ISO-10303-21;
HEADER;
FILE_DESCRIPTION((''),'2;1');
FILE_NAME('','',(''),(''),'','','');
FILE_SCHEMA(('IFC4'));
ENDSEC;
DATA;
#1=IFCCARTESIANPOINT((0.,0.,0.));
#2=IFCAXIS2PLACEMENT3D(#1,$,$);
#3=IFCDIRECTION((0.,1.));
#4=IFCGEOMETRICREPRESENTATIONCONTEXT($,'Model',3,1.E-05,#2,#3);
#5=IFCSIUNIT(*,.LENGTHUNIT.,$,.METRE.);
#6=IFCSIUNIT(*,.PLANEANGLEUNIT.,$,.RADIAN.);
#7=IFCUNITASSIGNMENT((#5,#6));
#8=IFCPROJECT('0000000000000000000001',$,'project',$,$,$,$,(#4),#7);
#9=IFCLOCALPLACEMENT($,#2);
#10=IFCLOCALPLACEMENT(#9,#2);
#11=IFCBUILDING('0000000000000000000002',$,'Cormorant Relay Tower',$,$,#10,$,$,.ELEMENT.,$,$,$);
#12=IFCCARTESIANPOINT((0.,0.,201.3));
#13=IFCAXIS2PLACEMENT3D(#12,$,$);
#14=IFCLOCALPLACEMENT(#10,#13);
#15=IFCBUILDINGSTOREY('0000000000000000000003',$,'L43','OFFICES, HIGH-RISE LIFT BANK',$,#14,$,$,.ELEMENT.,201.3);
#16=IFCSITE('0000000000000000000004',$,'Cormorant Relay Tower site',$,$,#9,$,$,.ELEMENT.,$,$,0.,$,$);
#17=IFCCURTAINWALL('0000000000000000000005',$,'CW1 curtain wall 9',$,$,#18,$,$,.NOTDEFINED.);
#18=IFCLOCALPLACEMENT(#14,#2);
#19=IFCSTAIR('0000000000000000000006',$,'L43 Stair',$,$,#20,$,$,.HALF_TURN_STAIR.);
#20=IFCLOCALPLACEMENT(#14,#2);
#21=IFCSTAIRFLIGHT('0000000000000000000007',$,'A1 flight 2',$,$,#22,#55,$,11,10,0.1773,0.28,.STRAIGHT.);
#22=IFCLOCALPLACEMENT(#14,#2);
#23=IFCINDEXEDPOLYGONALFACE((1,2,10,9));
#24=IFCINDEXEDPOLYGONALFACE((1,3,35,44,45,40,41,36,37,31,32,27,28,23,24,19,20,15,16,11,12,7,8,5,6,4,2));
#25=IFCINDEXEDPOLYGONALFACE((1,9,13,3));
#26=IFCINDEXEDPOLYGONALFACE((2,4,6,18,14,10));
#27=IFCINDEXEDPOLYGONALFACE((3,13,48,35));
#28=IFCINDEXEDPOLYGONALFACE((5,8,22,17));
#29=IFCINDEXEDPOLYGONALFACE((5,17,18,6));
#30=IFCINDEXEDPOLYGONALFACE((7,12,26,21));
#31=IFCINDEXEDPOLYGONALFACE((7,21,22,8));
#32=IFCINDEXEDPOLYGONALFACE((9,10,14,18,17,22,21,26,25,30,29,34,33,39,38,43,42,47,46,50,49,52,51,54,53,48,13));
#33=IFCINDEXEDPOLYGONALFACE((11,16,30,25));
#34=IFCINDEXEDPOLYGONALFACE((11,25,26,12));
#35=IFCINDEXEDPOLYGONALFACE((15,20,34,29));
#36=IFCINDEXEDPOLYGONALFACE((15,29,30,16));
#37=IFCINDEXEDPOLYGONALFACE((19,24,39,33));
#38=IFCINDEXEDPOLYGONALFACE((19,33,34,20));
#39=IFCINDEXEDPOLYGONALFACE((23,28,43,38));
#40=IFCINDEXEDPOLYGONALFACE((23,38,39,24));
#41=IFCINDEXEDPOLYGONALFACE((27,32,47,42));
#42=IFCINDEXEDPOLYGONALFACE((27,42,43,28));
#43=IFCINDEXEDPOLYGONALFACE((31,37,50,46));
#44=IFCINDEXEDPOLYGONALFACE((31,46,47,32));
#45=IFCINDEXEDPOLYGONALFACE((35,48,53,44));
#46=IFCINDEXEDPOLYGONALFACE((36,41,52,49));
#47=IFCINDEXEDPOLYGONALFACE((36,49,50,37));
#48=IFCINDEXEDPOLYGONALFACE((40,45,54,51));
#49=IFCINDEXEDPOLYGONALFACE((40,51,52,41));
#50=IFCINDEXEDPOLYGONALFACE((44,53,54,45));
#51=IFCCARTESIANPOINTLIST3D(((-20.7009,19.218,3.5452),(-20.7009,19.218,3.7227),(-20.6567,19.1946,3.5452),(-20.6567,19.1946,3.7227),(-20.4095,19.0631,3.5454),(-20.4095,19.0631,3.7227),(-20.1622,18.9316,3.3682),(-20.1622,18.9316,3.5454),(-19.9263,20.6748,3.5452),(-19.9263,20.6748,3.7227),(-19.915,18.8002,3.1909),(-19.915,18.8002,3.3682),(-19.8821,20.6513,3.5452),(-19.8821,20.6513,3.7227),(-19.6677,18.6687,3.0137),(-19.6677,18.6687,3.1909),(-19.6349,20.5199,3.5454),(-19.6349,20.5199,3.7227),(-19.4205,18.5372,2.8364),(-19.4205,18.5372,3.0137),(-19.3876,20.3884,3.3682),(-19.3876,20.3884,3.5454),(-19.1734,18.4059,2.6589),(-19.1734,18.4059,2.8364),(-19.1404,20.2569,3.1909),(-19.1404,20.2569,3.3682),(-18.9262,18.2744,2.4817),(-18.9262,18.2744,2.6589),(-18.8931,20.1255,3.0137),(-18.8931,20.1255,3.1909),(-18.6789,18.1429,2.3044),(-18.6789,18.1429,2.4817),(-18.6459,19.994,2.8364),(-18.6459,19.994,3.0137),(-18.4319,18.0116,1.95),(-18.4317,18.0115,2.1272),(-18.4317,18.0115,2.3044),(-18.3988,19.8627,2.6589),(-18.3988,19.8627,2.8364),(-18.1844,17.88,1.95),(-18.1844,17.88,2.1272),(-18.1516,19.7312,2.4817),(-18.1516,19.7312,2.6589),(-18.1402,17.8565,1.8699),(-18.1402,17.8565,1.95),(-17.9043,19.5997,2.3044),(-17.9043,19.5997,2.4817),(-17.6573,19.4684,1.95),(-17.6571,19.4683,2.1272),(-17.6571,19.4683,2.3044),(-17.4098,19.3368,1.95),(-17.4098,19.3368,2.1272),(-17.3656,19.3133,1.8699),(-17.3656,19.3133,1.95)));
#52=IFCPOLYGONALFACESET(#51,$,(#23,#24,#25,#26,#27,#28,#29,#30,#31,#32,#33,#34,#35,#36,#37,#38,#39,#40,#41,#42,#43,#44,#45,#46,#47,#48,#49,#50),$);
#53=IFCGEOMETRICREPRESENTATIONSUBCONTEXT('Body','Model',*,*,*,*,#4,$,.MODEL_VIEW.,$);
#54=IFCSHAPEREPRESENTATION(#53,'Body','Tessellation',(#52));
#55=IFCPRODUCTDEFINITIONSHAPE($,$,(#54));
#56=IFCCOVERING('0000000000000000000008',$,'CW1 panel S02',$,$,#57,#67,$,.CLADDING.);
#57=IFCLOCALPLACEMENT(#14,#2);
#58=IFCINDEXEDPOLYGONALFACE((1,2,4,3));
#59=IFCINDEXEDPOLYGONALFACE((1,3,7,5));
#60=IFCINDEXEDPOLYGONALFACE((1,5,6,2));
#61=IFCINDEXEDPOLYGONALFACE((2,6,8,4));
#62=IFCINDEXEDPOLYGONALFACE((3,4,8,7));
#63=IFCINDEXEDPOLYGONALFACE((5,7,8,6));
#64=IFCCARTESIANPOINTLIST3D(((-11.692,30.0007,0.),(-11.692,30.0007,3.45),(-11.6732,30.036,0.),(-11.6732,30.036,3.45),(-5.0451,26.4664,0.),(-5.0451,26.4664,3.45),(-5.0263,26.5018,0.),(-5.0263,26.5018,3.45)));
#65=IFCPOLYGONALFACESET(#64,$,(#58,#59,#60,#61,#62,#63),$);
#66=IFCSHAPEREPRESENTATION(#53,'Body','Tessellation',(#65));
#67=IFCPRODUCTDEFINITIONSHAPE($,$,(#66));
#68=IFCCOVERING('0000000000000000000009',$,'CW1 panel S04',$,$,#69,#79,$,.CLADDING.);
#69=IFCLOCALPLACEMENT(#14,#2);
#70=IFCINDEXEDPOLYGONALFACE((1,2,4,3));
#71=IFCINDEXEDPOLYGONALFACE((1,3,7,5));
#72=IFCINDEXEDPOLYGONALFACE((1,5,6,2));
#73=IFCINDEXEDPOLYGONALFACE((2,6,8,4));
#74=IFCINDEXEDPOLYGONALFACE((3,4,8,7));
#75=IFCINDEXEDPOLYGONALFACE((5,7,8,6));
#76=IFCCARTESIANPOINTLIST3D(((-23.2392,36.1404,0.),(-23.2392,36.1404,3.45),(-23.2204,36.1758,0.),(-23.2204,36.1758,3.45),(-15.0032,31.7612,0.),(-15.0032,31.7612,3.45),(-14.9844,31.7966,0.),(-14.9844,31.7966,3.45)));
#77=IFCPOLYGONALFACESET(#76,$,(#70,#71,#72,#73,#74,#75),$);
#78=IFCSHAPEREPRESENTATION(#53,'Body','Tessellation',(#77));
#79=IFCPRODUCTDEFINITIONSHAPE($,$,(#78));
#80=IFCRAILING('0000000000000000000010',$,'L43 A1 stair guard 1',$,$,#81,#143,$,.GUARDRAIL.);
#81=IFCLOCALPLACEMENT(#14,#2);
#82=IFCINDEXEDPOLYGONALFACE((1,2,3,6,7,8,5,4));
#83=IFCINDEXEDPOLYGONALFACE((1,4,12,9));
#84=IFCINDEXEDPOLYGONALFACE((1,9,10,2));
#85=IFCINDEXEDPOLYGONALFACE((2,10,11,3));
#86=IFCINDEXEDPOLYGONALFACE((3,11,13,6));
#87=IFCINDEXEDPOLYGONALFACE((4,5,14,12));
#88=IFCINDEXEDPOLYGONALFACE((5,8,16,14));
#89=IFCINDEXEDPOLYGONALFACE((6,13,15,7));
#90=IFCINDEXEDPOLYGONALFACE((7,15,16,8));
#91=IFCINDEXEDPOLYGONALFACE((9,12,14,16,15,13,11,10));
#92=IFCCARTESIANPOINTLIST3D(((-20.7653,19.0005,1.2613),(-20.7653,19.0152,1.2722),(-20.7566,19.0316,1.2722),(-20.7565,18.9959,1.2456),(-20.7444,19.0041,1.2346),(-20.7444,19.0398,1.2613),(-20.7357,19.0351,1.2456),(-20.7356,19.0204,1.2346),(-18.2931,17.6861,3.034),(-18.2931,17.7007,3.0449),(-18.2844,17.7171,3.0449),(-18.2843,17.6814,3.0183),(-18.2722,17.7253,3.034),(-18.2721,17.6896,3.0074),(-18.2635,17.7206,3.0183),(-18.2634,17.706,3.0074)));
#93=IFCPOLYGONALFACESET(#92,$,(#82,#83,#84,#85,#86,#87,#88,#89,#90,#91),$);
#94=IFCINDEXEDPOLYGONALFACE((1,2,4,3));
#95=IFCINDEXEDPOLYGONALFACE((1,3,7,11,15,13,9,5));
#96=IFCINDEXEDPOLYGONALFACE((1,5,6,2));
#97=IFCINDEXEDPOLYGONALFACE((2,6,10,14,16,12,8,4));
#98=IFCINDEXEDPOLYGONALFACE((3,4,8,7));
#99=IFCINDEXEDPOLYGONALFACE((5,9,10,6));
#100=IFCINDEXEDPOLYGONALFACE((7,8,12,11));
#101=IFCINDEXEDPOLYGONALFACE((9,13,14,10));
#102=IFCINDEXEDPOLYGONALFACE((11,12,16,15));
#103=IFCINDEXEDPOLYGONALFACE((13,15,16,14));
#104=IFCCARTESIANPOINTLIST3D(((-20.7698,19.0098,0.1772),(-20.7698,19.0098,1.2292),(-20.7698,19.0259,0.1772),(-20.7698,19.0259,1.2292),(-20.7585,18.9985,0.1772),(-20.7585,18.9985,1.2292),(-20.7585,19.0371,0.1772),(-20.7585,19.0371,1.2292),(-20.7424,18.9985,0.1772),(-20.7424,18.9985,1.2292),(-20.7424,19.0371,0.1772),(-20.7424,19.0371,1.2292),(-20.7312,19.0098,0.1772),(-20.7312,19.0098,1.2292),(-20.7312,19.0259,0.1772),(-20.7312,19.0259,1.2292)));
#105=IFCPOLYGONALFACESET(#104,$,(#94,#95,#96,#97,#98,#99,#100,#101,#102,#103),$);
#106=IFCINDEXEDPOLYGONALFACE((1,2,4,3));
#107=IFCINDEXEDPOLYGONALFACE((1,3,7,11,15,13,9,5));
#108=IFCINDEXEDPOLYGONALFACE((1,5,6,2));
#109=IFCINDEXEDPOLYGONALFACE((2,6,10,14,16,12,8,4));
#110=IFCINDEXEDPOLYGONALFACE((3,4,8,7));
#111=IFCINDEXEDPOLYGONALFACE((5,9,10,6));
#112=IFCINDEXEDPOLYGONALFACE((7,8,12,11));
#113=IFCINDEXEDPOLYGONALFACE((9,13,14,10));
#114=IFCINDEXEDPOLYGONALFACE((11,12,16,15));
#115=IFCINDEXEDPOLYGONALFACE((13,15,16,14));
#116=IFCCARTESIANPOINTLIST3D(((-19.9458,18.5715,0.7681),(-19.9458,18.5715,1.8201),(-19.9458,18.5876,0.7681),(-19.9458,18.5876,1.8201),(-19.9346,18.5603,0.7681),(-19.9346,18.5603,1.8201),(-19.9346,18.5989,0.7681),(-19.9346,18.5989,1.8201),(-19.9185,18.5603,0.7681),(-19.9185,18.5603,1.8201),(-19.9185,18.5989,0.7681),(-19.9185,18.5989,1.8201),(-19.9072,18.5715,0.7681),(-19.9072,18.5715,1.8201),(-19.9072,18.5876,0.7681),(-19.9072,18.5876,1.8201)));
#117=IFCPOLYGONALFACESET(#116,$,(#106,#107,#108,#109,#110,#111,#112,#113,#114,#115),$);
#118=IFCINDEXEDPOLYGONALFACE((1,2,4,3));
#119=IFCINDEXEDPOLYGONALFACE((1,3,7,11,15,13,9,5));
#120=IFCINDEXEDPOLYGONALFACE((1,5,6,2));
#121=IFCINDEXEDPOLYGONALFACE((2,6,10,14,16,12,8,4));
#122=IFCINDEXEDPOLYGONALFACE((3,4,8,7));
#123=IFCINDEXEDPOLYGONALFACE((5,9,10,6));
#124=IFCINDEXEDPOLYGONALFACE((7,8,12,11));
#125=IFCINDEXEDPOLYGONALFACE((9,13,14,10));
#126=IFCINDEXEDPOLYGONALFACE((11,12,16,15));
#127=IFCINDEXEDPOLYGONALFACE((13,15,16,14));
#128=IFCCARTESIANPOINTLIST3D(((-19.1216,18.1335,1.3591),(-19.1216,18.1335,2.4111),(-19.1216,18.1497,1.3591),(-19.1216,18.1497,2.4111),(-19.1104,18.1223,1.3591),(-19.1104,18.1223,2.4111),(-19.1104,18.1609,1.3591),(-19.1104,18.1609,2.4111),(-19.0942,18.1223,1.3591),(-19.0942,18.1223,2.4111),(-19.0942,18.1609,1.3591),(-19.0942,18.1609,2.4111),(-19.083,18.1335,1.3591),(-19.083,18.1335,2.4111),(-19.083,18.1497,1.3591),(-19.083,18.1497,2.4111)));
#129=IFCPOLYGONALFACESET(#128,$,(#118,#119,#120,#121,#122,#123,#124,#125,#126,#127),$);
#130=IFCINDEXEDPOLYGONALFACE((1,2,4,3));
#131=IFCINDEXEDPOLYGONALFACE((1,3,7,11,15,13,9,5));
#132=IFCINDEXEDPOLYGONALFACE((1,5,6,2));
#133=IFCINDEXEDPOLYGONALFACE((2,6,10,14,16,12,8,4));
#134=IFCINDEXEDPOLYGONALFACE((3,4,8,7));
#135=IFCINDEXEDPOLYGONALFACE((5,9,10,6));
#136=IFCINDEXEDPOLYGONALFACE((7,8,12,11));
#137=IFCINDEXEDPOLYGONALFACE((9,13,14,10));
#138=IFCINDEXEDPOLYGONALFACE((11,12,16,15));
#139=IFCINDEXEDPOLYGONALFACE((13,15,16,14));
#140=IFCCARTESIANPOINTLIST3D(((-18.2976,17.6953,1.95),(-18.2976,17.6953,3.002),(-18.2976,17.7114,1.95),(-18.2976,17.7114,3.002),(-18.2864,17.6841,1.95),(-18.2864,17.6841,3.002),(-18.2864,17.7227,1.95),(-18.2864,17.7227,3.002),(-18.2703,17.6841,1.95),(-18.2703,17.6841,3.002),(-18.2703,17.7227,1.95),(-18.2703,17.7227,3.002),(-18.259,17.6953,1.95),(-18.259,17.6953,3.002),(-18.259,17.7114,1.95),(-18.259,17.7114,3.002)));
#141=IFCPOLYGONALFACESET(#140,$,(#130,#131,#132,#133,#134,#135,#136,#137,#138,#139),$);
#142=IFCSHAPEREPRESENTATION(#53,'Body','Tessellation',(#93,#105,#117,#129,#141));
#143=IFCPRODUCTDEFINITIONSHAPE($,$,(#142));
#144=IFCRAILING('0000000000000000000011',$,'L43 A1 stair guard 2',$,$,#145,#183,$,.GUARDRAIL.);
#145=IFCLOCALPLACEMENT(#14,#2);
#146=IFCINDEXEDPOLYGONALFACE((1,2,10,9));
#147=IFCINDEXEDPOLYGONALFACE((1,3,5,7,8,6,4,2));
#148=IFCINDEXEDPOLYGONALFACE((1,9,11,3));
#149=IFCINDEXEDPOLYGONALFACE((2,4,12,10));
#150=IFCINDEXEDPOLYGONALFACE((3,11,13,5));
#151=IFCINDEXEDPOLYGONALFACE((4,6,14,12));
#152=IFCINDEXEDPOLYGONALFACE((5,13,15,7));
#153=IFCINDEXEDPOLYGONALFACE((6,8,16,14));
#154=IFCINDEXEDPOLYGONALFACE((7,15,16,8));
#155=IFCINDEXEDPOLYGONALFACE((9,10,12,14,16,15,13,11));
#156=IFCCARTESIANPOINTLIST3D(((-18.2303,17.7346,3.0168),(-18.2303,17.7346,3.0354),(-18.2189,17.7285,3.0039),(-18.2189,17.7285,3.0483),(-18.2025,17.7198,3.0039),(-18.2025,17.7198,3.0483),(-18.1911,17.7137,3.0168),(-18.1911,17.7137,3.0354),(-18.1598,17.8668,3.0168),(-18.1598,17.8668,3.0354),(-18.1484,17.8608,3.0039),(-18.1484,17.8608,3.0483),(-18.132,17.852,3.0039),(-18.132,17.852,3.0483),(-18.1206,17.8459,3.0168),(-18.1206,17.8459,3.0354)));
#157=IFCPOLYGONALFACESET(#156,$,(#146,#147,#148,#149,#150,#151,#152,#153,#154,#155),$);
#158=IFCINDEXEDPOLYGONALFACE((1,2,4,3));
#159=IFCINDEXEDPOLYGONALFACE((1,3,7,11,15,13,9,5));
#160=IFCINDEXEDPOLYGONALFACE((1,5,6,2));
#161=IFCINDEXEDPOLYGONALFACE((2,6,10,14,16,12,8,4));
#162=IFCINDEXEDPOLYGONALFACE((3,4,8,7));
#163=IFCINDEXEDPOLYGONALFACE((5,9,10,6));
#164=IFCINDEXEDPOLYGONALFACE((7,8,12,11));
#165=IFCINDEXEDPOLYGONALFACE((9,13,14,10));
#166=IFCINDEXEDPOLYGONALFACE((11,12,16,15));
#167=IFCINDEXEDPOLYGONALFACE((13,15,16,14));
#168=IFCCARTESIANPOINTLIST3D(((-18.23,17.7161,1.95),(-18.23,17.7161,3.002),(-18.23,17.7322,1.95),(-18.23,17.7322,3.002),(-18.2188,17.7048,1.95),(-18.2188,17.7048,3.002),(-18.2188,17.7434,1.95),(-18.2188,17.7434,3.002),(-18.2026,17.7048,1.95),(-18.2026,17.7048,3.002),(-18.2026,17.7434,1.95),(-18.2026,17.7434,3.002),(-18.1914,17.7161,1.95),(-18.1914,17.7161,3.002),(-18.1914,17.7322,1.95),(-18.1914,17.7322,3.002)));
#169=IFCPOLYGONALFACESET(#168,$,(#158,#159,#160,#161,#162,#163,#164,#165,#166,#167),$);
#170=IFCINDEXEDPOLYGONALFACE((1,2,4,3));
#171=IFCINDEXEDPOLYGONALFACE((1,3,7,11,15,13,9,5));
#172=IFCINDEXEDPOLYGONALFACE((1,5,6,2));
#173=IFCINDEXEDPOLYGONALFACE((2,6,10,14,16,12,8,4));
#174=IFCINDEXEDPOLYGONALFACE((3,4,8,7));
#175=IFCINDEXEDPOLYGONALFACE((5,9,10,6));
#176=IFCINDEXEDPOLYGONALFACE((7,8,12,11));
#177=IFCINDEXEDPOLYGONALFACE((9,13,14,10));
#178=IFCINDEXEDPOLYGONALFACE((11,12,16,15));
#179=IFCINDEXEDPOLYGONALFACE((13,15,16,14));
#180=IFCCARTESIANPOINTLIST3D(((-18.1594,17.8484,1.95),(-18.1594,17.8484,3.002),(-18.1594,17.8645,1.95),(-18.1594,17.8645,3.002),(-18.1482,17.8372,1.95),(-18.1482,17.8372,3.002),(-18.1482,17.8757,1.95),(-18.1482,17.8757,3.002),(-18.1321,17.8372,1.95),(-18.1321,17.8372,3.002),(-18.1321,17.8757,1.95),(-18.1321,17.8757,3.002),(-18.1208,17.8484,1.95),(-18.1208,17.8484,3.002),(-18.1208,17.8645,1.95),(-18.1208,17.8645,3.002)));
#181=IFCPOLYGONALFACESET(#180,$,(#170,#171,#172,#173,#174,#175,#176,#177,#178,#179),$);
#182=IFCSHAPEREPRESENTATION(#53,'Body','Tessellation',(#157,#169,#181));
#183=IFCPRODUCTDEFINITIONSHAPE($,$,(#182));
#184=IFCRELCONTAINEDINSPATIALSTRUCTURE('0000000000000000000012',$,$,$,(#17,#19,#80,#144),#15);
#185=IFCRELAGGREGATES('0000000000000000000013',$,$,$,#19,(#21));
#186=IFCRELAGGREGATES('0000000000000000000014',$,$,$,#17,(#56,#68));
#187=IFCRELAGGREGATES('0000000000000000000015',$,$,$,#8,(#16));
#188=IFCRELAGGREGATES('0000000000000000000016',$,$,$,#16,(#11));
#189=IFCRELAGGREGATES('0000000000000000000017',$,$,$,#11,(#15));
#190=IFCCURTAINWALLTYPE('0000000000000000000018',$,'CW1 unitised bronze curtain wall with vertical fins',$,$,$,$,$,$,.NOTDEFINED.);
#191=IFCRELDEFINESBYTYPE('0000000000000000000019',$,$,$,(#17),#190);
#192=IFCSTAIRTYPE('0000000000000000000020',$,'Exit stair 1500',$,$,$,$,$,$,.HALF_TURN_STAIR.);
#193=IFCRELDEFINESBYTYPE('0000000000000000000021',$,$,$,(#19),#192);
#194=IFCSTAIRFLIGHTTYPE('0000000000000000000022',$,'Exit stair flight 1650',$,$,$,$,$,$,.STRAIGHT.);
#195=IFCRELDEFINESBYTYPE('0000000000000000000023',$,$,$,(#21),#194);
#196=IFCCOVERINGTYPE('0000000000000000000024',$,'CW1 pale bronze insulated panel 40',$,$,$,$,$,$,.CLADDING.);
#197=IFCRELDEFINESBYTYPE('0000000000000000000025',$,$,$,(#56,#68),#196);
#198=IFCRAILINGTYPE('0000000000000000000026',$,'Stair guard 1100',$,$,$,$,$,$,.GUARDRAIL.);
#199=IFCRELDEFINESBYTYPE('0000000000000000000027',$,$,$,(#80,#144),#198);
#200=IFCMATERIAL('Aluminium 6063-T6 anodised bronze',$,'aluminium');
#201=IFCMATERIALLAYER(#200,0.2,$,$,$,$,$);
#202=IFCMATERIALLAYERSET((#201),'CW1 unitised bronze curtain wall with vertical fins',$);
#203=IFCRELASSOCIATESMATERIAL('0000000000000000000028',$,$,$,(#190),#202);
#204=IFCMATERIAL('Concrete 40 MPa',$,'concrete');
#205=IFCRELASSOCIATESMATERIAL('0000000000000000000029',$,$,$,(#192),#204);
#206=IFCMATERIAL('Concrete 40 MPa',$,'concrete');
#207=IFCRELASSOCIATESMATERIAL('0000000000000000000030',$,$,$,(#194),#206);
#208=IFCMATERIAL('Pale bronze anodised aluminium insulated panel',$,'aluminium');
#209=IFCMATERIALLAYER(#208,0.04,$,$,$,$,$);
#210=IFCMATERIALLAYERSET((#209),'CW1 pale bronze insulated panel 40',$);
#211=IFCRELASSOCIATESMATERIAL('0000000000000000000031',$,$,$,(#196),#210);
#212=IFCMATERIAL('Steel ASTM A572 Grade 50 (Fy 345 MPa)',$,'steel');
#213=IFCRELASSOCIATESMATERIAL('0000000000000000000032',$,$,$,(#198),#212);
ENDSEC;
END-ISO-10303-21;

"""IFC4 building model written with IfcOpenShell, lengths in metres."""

from ifc_helpers import new_model, si_unit, direction, frame, origin, origin_2d, place, context, subcontext, project, spatial, polyline, rectangle, outline, extrude, material, layer, layer_set, type_object, element, aggregate, save


model = new_model("IFC4")

# Units and contexts
model_context = context("Model", 3, precision=1e-05, world=origin(), true_north=direction((0.0, 1.0)))
body_context = subcontext(model_context, "Body", "Model", "MODEL_VIEW")
ifc_project = project(units=[si_unit("LENGTHUNIT", "METRE"), si_unit("PLANEANGLEUNIT", "RADIAN")], contexts=[model_context])

# Site, building, storey
site_placement = place(None, origin())
site = spatial("IfcSite", under=ifc_project, at=site_placement, Name="Cormorant Relay Tower site", CompositionType="ELEMENT", RefElevation=0.0)
building_placement = place(site_placement, origin())
building = spatial("IfcBuilding", under=site, at=building_placement, Name="Cormorant Relay Tower", CompositionType="ELEMENT")
storey_placement = place(building_placement, frame((0.0, 0.0, 201.3)))
storey = spatial("IfcBuildingStorey", under=building, at=storey_placement, Name="L43", Description="OFFICES, HIGH-RISE LIFT BANK", CompositionType="ELEMENT", Elevation=201.3)

# Curtain wall
ifc_material_1 = material(Name="Aluminium 6063-T6 anodised bronze", Category="aluminium")
ifc_layer_1 = layer(ifc_material_1, 0.2)
ifc_layer_set_1 = layer_set([ifc_layer_1], Name="CW1 unitised bronze curtain wall with vertical fins")
curtain_wall_type = type_object("IfcCurtainWallType", Name="CW1 unitised bronze curtain wall with vertical fins", PredefinedType="NOTDEFINED", material=ifc_layer_set_1)
curtain_wall_placement = place(storey_placement, origin())
curtain_wall = element("IfcCurtainWall", 1, at=curtain_wall_placement, inside=storey, type_object=curtain_wall_type, Name="CW1 curtain wall 9", PredefinedType="NOTDEFINED")

# Stair, stair flight
ifc_material_2 = material(Name="Concrete 40 MPa", Category="concrete")
stair_type = type_object("IfcStairType", Name="Exit stair 1500", PredefinedType="HALF_TURN_STAIR", material=ifc_material_2)
stair_placement = place(storey_placement, origin())
stair = element("IfcStair", 2, at=stair_placement, inside=storey, type_object=stair_type, Name="L43 Stair", PredefinedType="HALF_TURN_STAIR")
ifc_material_3 = material(Name="Concrete 40 MPa", Category="concrete")
stair_flight_type = type_object("IfcStairFlightType", Name="Exit stair flight 1650", PredefinedType="STRAIGHT", material=ifc_material_3)
stair_flight_1_placement = place(storey_placement, frame((-17.7971, 18.6084, 1.95), z_axis=(0.0, 0.0, 1.0), x_axis=(-0.882948, 0.469472, 0.0)))
stair_flight_1 = element("IfcStairFlight", 3, at=stair_flight_1_placement, type_object=stair_flight_type, Name="A1 flight 2", NumberOfRisers=11, NumberOfTreads=10, PredefinedType="STRAIGHT", RiserHeight=0.1773, TreadLength=0.28, context=body_context, shape_type="SweptSolid", body=[
    extrude(outline(polyline([(-0.05, -0.0801), (-0.05, 0.0), (0.0, 0.0), (0.0, 0.1772), (0.28, 0.1772), (0.28, 0.3545), (0.5601, 0.3545), (0.5601, 0.5317), (0.8401, 0.5317), (0.8401, 0.709), (1.1201, 0.709), (1.1201, 0.8865), (1.3999, 0.8865), (1.3999, 1.0637), (1.6799, 1.0637), (1.6799, 1.241), (1.96, 1.241), (1.96, 1.4182), (2.24, 1.4182), (2.24, 1.5955), (2.52, 1.5955), (2.52, 1.7727), (2.8, 1.7727), (2.8501, 1.7727), (2.8501, 1.5952), (2.8, 1.5952), (0.2803, 0.0), (-0.05, -0.0801)])), frame((0.0, 0.825, 0.0), z_axis=(0.0, -1.0, 0.0), x_axis=(1.0, 0.0, 0.0)), (0.0, 0.0, 1.0), 1.6499),
])
aggregate(stair, [stair_flight_1])

# Coverings
ifc_material_4 = material(Name="Pale bronze anodised aluminium insulated panel", Category="aluminium")
ifc_layer_2 = layer(ifc_material_4, 0.04)
ifc_layer_set_2 = layer_set([ifc_layer_2], Name="CW1 pale bronze insulated panel 40")
covering_type = type_object("IfcCoveringType", Name="CW1 pale bronze insulated panel 40", PredefinedType="CLADDING", material=ifc_layer_set_2)
covering_1_placement = place(storey_placement, frame((-8.3591, 28.2512, 0.0), z_axis=(0.0, 0.0, 1.0), x_axis=(-0.882948, 0.469472, 0.0)))
covering_1 = element("IfcCovering", 4, at=covering_1_placement, type_object=covering_type, Name="CW1 panel S02", PredefinedType="CLADDING", context=body_context, shape_type="SweptSolid", body=[
    extrude(rectangle(XDim=7.5281, YDim=0.04, at=origin_2d()), origin(), (0.0, 0.0, 1.0), 3.45),
])
covering_2_placement = place(storey_placement, frame((-19.1118, 33.9685, 0.0), z_axis=(0.0, 0.0, 1.0), x_axis=(-0.882948, 0.469472, 0.0)))
covering_2 = element("IfcCovering", 5, at=covering_2_placement, type_object=covering_type, Name="CW1 panel S04", PredefinedType="CLADDING", context=body_context, shape_type="SweptSolid", body=[
    extrude(rectangle(XDim=9.3279, YDim=0.04, at=origin_2d()), origin(), (0.0, 0.0, 1.0), 3.45),
])
aggregate(curtain_wall, [covering_1, covering_2])

# Railings
ifc_material_5 = material(Name="Steel ASTM A572 Grade 50 (Fy 345 MPa)", Category="steel")
railing_type_1 = type_object("IfcRailingType", Name="Stair guard 1100", PredefinedType="GUARDRAIL", material=ifc_material_5)
railing_1_placement = place(storey_placement, frame((-20.7505, 19.0178, 0.1772)))
element("IfcRailing", 6, at=railing_1_placement, inside=storey, type_object=railing_type_1, Name="L43 A1 stair guard 1", PredefinedType="GUARDRAIL", context=body_context, shape_type="SweptSolid", body=[
    extrude(outline(polyline([(0.0222, 0.0093), (0.0093, 0.0222), (-0.0093, 0.0222), (-0.0222, 0.0093), (-0.0222, -0.0093), (-0.0093, -0.0222), (0.0093, -0.0222), (0.0222, -0.0093), (0.0222, 0.0093)])), frame((0.0, 0.0, 1.0762), z_axis=(0.746001, -0.396649, 0.534931), x_axis=(0.469465, 0.882951, 0.0)), (0.0, 0.0, 1.0), 3.314),
    extrude(outline(polyline([(0.0193, 0.0081), (0.0081, 0.0193), (-0.0081, 0.0193), (-0.0193, 0.0081), (-0.0193, -0.0081), (-0.0081, -0.0193), (0.0081, -0.0193), (0.0193, -0.0081), (0.0193, 0.0081)])), origin(), (0.0, 0.0, 1.0), 1.052),
    extrude(outline(polyline([(0.0193, 0.0081), (0.0081, 0.0193), (-0.0081, 0.0193), (-0.0193, 0.0081), (-0.0193, -0.0081), (-0.0081, -0.0193), (0.0081, -0.0193), (0.0193, -0.0081), (0.0193, 0.0081)])), frame((0.824, -0.4382, 0.5908)), (0.0, 0.0, 1.0), 1.052),
    extrude(outline(polyline([(0.0193, 0.0081), (0.0081, 0.0193), (-0.0081, 0.0193), (-0.0193, 0.0081), (-0.0193, -0.0081), (-0.0081, -0.0193), (0.0081, -0.0193), (0.0193, -0.0081), (0.0193, 0.0081)])), frame((1.6482, -0.8762, 1.1819)), (0.0, 0.0, 1.0), 1.052),
    extrude(outline(polyline([(0.0193, 0.0081), (0.0081, 0.0193), (-0.0081, 0.0193), (-0.0193, 0.0081), (-0.0193, -0.0081), (-0.0081, -0.0193), (0.0081, -0.0193), (0.0193, -0.0081), (0.0193, 0.0081)])), frame((2.4722, -1.3145, 1.7727)), (0.0, 0.0, 1.0), 1.052),
])
railing_2_placement = place(storey_placement, frame((-18.2107, 17.7241, 1.95)))
element("IfcRailing", 7, at=railing_2_placement, inside=storey, type_object=railing_type_1, Name="L43 A1 stair guard 2", PredefinedType="GUARDRAIL", context=body_context, shape_type="SweptSolid", body=[
    extrude(outline(polyline([(0.0222, 0.0093), (0.0093, 0.0222), (-0.0093, 0.0222), (-0.0222, 0.0093), (-0.0222, -0.0093), (-0.0093, -0.0222), (0.0093, -0.0222), (0.0222, -0.0093), (0.0222, 0.0093)])), frame((0.0, 0.0, 1.0762), z_axis=(0.470504, 0.882398, 0.0), x_axis=(-0.882398, 0.470504, 0.0)), (0.0, 0.0, 1.0), 0.1499),
    extrude(outline(polyline([(0.0193, 0.0081), (0.0081, 0.0193), (-0.0081, 0.0193), (-0.0193, 0.0081), (-0.0193, -0.0081), (-0.0081, -0.0193), (0.0081, -0.0193), (0.0193, -0.0081), (0.0193, 0.0081)])), origin(), (0.0, 0.0, 1.0), 1.052),
    extrude(outline(polyline([(0.0193, 0.0081), (0.0081, 0.0193), (-0.0081, 0.0193), (-0.0193, 0.0081), (-0.0193, -0.0081), (-0.0081, -0.0193), (0.0081, -0.0193), (0.0193, -0.0081), (0.0193, 0.0081)])), frame((0.0706, 0.1323, 0.0)), (0.0, 0.0, 1.0), 1.052),
])

save(model, "model.ifc")
